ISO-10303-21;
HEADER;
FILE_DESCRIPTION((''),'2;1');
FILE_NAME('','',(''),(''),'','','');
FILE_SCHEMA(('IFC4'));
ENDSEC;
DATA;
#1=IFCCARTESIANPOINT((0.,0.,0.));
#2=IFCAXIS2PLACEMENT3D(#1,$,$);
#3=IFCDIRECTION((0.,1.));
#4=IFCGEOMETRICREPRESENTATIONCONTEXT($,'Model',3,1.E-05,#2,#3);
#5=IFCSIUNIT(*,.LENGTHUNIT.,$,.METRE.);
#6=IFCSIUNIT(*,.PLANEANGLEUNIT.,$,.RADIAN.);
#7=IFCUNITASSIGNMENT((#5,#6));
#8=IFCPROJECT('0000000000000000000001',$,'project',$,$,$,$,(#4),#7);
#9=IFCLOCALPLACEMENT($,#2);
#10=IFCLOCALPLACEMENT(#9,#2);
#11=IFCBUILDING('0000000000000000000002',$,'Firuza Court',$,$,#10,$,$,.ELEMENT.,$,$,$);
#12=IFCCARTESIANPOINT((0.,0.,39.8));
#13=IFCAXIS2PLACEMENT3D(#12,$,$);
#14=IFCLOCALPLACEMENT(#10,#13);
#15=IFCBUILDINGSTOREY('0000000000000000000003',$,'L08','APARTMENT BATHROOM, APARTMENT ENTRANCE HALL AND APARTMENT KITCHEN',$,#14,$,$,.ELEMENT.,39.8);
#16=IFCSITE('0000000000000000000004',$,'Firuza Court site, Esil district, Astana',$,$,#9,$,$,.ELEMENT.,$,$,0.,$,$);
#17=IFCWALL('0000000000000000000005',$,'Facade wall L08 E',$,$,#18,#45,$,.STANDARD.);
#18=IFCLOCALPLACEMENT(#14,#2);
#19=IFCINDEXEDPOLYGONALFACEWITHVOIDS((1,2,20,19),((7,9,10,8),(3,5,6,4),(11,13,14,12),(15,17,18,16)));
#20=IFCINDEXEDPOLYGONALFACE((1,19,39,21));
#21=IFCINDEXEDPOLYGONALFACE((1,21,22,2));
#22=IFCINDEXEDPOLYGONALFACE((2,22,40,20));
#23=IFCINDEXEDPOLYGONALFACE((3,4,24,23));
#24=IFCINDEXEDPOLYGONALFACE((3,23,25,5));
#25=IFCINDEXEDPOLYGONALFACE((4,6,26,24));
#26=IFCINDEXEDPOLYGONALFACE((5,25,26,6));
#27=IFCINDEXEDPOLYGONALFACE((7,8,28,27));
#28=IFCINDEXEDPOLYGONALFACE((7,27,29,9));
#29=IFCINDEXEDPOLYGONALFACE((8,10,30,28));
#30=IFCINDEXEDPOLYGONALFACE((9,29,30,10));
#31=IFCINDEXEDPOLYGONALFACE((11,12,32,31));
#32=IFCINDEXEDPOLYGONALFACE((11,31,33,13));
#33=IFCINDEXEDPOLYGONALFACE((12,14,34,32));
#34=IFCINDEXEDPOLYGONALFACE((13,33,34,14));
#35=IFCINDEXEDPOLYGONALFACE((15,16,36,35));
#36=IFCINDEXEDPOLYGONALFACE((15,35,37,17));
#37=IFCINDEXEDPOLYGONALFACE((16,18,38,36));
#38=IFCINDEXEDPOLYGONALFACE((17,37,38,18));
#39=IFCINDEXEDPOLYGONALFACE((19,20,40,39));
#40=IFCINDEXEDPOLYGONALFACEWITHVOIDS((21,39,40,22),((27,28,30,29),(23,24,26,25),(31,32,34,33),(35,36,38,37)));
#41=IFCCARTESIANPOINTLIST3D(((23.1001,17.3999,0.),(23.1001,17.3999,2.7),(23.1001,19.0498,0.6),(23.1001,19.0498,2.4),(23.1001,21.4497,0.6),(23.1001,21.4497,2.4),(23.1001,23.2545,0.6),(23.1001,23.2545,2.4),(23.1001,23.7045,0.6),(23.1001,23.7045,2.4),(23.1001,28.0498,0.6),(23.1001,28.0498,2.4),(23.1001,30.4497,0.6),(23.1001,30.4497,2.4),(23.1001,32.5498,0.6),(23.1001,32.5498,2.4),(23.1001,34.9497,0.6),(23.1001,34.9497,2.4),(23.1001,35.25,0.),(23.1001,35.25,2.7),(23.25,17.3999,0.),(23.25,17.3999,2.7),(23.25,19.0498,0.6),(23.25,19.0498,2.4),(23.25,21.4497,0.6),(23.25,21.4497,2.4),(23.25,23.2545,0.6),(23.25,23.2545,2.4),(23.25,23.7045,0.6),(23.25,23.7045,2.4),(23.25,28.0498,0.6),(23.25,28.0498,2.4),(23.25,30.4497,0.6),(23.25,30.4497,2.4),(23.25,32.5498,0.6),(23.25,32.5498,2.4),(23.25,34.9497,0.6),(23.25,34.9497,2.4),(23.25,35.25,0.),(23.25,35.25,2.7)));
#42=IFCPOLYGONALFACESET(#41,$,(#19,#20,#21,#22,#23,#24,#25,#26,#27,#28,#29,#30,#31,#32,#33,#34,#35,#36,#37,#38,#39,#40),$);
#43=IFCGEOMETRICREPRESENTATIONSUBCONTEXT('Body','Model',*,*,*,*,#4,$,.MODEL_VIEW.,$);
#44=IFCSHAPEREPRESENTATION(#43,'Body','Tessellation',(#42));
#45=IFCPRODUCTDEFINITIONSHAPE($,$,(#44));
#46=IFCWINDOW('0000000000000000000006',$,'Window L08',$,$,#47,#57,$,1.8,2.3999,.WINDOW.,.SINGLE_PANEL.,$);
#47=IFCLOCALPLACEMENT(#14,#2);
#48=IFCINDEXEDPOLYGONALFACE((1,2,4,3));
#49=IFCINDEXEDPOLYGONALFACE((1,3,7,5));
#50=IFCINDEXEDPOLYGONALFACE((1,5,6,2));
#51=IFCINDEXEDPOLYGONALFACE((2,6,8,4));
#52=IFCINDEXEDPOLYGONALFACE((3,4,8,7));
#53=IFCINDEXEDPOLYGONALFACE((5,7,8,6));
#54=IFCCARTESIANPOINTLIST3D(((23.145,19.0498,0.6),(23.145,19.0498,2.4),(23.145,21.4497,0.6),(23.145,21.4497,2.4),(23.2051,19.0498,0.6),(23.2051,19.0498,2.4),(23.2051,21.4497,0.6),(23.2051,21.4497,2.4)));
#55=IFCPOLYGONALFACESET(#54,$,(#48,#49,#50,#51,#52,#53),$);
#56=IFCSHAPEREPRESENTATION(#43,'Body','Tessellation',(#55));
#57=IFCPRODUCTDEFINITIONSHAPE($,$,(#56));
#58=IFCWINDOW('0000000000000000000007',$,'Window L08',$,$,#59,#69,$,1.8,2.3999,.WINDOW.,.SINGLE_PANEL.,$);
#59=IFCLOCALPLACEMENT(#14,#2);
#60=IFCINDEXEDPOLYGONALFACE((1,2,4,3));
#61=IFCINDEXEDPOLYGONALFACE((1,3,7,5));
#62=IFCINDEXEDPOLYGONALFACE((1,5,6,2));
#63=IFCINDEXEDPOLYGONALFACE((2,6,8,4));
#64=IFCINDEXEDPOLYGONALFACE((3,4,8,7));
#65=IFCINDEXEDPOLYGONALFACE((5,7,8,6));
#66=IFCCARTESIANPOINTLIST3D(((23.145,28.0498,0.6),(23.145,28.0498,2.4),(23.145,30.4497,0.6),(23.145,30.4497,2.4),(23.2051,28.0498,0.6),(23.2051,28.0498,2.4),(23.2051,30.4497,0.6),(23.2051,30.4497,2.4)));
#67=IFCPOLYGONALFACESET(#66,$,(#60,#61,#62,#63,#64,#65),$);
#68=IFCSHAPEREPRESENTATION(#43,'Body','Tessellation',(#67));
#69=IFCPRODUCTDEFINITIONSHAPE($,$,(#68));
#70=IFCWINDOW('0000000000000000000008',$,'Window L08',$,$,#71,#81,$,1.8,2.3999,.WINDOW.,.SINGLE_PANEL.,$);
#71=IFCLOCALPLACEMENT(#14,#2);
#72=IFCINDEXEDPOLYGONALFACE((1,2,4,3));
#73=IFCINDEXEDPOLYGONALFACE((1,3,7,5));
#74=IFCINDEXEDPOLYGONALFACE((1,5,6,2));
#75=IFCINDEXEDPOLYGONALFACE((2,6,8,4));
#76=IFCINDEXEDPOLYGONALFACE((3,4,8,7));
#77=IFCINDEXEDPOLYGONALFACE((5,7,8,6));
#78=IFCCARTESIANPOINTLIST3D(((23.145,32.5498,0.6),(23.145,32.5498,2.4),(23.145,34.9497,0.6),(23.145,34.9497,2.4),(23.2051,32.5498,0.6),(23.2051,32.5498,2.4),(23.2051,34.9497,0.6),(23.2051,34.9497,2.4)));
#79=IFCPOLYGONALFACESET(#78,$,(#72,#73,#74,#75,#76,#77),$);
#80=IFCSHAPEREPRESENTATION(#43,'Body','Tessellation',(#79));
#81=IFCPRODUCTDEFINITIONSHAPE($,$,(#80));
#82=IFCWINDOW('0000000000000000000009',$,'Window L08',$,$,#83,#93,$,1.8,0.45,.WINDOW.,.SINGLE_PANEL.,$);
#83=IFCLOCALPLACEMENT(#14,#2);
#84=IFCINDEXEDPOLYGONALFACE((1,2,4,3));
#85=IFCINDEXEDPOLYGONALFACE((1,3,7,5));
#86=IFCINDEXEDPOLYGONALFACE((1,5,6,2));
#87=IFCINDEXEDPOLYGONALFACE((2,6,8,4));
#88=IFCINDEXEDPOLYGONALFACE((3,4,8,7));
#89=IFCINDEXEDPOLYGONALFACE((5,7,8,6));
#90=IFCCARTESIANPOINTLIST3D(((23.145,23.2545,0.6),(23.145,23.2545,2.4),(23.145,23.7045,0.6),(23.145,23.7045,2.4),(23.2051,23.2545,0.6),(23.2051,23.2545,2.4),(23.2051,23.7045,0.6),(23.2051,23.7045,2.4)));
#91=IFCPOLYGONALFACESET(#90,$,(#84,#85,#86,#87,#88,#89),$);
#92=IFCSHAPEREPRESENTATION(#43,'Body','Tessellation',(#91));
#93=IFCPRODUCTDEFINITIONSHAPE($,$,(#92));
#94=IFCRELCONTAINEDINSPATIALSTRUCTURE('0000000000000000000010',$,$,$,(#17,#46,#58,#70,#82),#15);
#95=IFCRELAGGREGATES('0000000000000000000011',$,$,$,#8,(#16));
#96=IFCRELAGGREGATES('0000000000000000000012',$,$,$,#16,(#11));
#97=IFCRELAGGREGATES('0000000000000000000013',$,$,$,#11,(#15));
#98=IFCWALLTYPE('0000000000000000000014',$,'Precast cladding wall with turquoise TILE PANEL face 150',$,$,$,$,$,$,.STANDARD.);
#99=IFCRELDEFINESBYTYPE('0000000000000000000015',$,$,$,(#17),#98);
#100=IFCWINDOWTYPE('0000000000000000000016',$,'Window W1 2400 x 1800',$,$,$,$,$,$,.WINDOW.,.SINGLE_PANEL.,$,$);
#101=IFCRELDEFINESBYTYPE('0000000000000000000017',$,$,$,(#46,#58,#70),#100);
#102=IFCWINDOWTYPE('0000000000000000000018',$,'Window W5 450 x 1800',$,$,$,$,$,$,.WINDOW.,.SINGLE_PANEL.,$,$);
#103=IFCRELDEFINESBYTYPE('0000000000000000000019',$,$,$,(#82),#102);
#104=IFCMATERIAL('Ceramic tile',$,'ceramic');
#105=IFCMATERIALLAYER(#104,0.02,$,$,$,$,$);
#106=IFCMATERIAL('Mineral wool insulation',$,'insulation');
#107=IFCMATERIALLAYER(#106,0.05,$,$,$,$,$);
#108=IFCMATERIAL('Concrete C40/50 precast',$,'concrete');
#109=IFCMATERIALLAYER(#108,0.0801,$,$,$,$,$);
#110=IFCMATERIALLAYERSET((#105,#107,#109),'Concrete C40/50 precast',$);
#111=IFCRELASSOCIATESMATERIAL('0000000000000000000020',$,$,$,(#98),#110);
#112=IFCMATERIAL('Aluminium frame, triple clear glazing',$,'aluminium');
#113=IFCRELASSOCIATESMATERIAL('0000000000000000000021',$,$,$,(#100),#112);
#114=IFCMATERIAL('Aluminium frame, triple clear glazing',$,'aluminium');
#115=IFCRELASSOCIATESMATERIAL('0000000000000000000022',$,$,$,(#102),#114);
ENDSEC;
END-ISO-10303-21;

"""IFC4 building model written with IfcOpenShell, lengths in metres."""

from ifc_helpers import new_model, si_unit, direction, frame, frame_2d, origin, place, context, subcontext, project, spatial, rectangle, extrude, material, layer, layer_set, type_object, element, fill, save


model = new_model("IFC4")

# Units and contexts
model_context = context("Model", 3, precision=1e-05, world=origin(), true_north=direction((0.0, 1.0)))
body_context = subcontext(model_context, "Body", "Model", "MODEL_VIEW")
ifc_project = project(units=[si_unit("LENGTHUNIT", "METRE"), si_unit("PLANEANGLEUNIT", "RADIAN")], contexts=[model_context])

# Site, building, storey
site_placement = place(None, origin())
site = spatial("IfcSite", under=ifc_project, at=site_placement, Name="Firuza Court site, Esil district, Astana", CompositionType="ELEMENT", RefElevation=0.0)
building_placement = place(site_placement, origin())
building = spatial("IfcBuilding", under=site, at=building_placement, Name="Firuza Court", CompositionType="ELEMENT")
storey_placement = place(building_placement, frame((0.0, 0.0, 39.8)))
storey = spatial("IfcBuildingStorey", under=building, at=storey_placement, Name="L08", Description="APARTMENT BATHROOM, APARTMENT ENTRANCE HALL AND APARTMENT KITCHEN", CompositionType="ELEMENT", Elevation=39.8)

# Wall, openings, windows
ifc_material_1 = material(Name="Ceramic tile", Category="ceramic")
ifc_layer_1 = layer(ifc_material_1, 0.02)
ifc_material_2 = material(Name="Mineral wool insulation", Category="insulation")
ifc_layer_2 = layer(ifc_material_2, 0.05)
ifc_material_3 = material(Name="Concrete C40/50 precast", Category="concrete")
ifc_layer_3 = layer(ifc_material_3, 0.0801)
ifc_layer_set = layer_set([ifc_layer_1, ifc_layer_2, ifc_layer_3], Name="Concrete C40/50 precast")
wall_type = type_object("IfcWallType", Name="Precast cladding wall with turquoise TILE PANEL face 150", PredefinedType="STANDARD", material=ifc_layer_set)
ifc_material_4 = material(Name="Aluminium frame, triple clear glazing", Category="aluminium")
window_type_1 = type_object("IfcWindowType", Name="Window W1 2400 x 1800", PartitioningType="SINGLE_PANEL", PredefinedType="WINDOW", material=ifc_material_4)
wall_1_placement = place(storey_placement, frame((23.175, 17.3999, 0.0), z_axis=(0.0, 0.0, 1.0), x_axis=(0.0, 1.0, 0.0)))
wall_1 = element("IfcWall", 1, at=wall_1_placement, inside=storey, type_object=wall_type, Name="Facade wall L08 E", PredefinedType="STANDARD", context=body_context, shape_type="SweptSolid", body=[
    extrude(rectangle(XDim=17.8501, YDim=0.1499, at=frame_2d((8.925, 0.0))), origin(), (0.0, 0.0, 1.0), 2.7),
])
opening_1_placement = place(wall_1_placement, frame((1.6499, 0.0, 0.6001)))
opening_1 = element("IfcOpeningElement", 2, at=opening_1_placement, cuts=wall_1, PredefinedType="OPENING", context=body_context, shape_type="SweptSolid", body=[
    extrude(rectangle(XDim=2.3999, YDim=1.8, at=frame_2d((1.2, 0.8999))), frame((0.0, 0.0869, 0.0), z_axis=(0.0, -1.0, 0.0), x_axis=(1.0, 0.0, 0.0)), (0.0, 0.0, 1.0), 0.1738),
])
opening_2_placement = place(wall_1_placement, frame((5.8545, 0.0, 0.6001)))
opening_2 = element("IfcOpeningElement", 3, at=opening_2_placement, cuts=wall_1, PredefinedType="OPENING", context=body_context, shape_type="SweptSolid", body=[
    extrude(rectangle(XDim=0.45, YDim=1.8, at=frame_2d((0.2251, 0.8999))), frame((0.0, 0.0869, 0.0), z_axis=(0.0, -1.0, 0.0), x_axis=(1.0, 0.0, 0.0)), (0.0, 0.0, 1.0), 0.1738),
])
opening_3_placement = place(wall_1_placement, frame((10.6499, 0.0, 0.6001)))
opening_3 = element("IfcOpeningElement", 4, at=opening_3_placement, cuts=wall_1, PredefinedType="OPENING", context=body_context, shape_type="SweptSolid", body=[
    extrude(rectangle(XDim=2.3999, YDim=1.8, at=frame_2d((1.2, 0.8999))), frame((0.0, 0.0869, 0.0), z_axis=(0.0, -1.0, 0.0), x_axis=(1.0, 0.0, 0.0)), (0.0, 0.0, 1.0), 0.1738),
])
opening_4_placement = place(wall_1_placement, frame((15.1499, 0.0, 0.6001)))
opening_4 = element("IfcOpeningElement", 5, at=opening_4_placement, cuts=wall_1, PredefinedType="OPENING", context=body_context, shape_type="SweptSolid", body=[
    extrude(rectangle(XDim=2.3999, YDim=1.8, at=frame_2d((1.2, 0.8999))), frame((0.0, 0.0869, 0.0), z_axis=(0.0, -1.0, 0.0), x_axis=(1.0, 0.0, 0.0)), (0.0, 0.0, 1.0), 0.1738),
])
window_1_placement = place(opening_1_placement, origin())
window_1 = element("IfcWindow", 6, at=window_1_placement, inside=storey, type_object=window_type_1, Name="Window L08", OverallHeight=1.8, OverallWidth=2.3999, PartitioningType="SINGLE_PANEL", PredefinedType="WINDOW", context=body_context, shape_type="SweptSolid", body=[
    extrude(rectangle(XDim=2.3999, YDim=1.8, at=frame_2d((1.2, 0.8999))), frame((0.0, 0.03, 0.0), z_axis=(0.0, -1.0, 0.0), x_axis=(1.0, 0.0, 0.0)), (0.0, 0.0, 1.0), 0.0601),
])
fill(opening_1, window_1)
window_2_placement = place(opening_3_placement, origin())
window_2 = element("IfcWindow", 7, at=window_2_placement, inside=storey, type_object=window_type_1, Name="Window L08", OverallHeight=1.8, OverallWidth=2.3999, PartitioningType="SINGLE_PANEL", PredefinedType="WINDOW", context=body_context, shape_type="SweptSolid", body=[
    extrude(rectangle(XDim=2.3999, YDim=1.8, at=frame_2d((1.2, 0.8999))), frame((0.0, 0.03, 0.0), z_axis=(0.0, -1.0, 0.0), x_axis=(1.0, 0.0, 0.0)), (0.0, 0.0, 1.0), 0.0601),
])
fill(opening_3, window_2)
window_3_placement = place(opening_4_placement, origin())
window_3 = element("IfcWindow", 8, at=window_3_placement, inside=storey, type_object=window_type_1, Name="Window L08", OverallHeight=1.8, OverallWidth=2.3999, PartitioningType="SINGLE_PANEL", PredefinedType="WINDOW", context=body_context, shape_type="SweptSolid", body=[
    extrude(rectangle(XDim=2.3999, YDim=1.8, at=frame_2d((1.2, 0.8999))), frame((0.0, 0.03, 0.0), z_axis=(0.0, -1.0, 0.0), x_axis=(1.0, 0.0, 0.0)), (0.0, 0.0, 1.0), 0.0601),
])
fill(opening_4, window_3)
ifc_material_5 = material(Name="Aluminium frame, triple clear glazing", Category="aluminium")
window_type_2 = type_object("IfcWindowType", Name="Window W5 450 x 1800", PartitioningType="SINGLE_PANEL", PredefinedType="WINDOW", material=ifc_material_5)
window_4_placement = place(opening_2_placement, origin())
window_4 = element("IfcWindow", 9, at=window_4_placement, inside=storey, type_object=window_type_2, Name="Window L08", OverallHeight=1.8, OverallWidth=0.45, PartitioningType="SINGLE_PANEL", PredefinedType="WINDOW", context=body_context, shape_type="SweptSolid", body=[
    extrude(rectangle(XDim=0.45, YDim=1.8, at=frame_2d((0.2251, 0.8999))), frame((0.0, 0.03, 0.0), z_axis=(0.0, -1.0, 0.0), x_axis=(1.0, 0.0, 0.0)), (0.0, 0.0, 1.0), 0.0601),
])
fill(opening_2, window_4)

save(model, "model.ifc")
